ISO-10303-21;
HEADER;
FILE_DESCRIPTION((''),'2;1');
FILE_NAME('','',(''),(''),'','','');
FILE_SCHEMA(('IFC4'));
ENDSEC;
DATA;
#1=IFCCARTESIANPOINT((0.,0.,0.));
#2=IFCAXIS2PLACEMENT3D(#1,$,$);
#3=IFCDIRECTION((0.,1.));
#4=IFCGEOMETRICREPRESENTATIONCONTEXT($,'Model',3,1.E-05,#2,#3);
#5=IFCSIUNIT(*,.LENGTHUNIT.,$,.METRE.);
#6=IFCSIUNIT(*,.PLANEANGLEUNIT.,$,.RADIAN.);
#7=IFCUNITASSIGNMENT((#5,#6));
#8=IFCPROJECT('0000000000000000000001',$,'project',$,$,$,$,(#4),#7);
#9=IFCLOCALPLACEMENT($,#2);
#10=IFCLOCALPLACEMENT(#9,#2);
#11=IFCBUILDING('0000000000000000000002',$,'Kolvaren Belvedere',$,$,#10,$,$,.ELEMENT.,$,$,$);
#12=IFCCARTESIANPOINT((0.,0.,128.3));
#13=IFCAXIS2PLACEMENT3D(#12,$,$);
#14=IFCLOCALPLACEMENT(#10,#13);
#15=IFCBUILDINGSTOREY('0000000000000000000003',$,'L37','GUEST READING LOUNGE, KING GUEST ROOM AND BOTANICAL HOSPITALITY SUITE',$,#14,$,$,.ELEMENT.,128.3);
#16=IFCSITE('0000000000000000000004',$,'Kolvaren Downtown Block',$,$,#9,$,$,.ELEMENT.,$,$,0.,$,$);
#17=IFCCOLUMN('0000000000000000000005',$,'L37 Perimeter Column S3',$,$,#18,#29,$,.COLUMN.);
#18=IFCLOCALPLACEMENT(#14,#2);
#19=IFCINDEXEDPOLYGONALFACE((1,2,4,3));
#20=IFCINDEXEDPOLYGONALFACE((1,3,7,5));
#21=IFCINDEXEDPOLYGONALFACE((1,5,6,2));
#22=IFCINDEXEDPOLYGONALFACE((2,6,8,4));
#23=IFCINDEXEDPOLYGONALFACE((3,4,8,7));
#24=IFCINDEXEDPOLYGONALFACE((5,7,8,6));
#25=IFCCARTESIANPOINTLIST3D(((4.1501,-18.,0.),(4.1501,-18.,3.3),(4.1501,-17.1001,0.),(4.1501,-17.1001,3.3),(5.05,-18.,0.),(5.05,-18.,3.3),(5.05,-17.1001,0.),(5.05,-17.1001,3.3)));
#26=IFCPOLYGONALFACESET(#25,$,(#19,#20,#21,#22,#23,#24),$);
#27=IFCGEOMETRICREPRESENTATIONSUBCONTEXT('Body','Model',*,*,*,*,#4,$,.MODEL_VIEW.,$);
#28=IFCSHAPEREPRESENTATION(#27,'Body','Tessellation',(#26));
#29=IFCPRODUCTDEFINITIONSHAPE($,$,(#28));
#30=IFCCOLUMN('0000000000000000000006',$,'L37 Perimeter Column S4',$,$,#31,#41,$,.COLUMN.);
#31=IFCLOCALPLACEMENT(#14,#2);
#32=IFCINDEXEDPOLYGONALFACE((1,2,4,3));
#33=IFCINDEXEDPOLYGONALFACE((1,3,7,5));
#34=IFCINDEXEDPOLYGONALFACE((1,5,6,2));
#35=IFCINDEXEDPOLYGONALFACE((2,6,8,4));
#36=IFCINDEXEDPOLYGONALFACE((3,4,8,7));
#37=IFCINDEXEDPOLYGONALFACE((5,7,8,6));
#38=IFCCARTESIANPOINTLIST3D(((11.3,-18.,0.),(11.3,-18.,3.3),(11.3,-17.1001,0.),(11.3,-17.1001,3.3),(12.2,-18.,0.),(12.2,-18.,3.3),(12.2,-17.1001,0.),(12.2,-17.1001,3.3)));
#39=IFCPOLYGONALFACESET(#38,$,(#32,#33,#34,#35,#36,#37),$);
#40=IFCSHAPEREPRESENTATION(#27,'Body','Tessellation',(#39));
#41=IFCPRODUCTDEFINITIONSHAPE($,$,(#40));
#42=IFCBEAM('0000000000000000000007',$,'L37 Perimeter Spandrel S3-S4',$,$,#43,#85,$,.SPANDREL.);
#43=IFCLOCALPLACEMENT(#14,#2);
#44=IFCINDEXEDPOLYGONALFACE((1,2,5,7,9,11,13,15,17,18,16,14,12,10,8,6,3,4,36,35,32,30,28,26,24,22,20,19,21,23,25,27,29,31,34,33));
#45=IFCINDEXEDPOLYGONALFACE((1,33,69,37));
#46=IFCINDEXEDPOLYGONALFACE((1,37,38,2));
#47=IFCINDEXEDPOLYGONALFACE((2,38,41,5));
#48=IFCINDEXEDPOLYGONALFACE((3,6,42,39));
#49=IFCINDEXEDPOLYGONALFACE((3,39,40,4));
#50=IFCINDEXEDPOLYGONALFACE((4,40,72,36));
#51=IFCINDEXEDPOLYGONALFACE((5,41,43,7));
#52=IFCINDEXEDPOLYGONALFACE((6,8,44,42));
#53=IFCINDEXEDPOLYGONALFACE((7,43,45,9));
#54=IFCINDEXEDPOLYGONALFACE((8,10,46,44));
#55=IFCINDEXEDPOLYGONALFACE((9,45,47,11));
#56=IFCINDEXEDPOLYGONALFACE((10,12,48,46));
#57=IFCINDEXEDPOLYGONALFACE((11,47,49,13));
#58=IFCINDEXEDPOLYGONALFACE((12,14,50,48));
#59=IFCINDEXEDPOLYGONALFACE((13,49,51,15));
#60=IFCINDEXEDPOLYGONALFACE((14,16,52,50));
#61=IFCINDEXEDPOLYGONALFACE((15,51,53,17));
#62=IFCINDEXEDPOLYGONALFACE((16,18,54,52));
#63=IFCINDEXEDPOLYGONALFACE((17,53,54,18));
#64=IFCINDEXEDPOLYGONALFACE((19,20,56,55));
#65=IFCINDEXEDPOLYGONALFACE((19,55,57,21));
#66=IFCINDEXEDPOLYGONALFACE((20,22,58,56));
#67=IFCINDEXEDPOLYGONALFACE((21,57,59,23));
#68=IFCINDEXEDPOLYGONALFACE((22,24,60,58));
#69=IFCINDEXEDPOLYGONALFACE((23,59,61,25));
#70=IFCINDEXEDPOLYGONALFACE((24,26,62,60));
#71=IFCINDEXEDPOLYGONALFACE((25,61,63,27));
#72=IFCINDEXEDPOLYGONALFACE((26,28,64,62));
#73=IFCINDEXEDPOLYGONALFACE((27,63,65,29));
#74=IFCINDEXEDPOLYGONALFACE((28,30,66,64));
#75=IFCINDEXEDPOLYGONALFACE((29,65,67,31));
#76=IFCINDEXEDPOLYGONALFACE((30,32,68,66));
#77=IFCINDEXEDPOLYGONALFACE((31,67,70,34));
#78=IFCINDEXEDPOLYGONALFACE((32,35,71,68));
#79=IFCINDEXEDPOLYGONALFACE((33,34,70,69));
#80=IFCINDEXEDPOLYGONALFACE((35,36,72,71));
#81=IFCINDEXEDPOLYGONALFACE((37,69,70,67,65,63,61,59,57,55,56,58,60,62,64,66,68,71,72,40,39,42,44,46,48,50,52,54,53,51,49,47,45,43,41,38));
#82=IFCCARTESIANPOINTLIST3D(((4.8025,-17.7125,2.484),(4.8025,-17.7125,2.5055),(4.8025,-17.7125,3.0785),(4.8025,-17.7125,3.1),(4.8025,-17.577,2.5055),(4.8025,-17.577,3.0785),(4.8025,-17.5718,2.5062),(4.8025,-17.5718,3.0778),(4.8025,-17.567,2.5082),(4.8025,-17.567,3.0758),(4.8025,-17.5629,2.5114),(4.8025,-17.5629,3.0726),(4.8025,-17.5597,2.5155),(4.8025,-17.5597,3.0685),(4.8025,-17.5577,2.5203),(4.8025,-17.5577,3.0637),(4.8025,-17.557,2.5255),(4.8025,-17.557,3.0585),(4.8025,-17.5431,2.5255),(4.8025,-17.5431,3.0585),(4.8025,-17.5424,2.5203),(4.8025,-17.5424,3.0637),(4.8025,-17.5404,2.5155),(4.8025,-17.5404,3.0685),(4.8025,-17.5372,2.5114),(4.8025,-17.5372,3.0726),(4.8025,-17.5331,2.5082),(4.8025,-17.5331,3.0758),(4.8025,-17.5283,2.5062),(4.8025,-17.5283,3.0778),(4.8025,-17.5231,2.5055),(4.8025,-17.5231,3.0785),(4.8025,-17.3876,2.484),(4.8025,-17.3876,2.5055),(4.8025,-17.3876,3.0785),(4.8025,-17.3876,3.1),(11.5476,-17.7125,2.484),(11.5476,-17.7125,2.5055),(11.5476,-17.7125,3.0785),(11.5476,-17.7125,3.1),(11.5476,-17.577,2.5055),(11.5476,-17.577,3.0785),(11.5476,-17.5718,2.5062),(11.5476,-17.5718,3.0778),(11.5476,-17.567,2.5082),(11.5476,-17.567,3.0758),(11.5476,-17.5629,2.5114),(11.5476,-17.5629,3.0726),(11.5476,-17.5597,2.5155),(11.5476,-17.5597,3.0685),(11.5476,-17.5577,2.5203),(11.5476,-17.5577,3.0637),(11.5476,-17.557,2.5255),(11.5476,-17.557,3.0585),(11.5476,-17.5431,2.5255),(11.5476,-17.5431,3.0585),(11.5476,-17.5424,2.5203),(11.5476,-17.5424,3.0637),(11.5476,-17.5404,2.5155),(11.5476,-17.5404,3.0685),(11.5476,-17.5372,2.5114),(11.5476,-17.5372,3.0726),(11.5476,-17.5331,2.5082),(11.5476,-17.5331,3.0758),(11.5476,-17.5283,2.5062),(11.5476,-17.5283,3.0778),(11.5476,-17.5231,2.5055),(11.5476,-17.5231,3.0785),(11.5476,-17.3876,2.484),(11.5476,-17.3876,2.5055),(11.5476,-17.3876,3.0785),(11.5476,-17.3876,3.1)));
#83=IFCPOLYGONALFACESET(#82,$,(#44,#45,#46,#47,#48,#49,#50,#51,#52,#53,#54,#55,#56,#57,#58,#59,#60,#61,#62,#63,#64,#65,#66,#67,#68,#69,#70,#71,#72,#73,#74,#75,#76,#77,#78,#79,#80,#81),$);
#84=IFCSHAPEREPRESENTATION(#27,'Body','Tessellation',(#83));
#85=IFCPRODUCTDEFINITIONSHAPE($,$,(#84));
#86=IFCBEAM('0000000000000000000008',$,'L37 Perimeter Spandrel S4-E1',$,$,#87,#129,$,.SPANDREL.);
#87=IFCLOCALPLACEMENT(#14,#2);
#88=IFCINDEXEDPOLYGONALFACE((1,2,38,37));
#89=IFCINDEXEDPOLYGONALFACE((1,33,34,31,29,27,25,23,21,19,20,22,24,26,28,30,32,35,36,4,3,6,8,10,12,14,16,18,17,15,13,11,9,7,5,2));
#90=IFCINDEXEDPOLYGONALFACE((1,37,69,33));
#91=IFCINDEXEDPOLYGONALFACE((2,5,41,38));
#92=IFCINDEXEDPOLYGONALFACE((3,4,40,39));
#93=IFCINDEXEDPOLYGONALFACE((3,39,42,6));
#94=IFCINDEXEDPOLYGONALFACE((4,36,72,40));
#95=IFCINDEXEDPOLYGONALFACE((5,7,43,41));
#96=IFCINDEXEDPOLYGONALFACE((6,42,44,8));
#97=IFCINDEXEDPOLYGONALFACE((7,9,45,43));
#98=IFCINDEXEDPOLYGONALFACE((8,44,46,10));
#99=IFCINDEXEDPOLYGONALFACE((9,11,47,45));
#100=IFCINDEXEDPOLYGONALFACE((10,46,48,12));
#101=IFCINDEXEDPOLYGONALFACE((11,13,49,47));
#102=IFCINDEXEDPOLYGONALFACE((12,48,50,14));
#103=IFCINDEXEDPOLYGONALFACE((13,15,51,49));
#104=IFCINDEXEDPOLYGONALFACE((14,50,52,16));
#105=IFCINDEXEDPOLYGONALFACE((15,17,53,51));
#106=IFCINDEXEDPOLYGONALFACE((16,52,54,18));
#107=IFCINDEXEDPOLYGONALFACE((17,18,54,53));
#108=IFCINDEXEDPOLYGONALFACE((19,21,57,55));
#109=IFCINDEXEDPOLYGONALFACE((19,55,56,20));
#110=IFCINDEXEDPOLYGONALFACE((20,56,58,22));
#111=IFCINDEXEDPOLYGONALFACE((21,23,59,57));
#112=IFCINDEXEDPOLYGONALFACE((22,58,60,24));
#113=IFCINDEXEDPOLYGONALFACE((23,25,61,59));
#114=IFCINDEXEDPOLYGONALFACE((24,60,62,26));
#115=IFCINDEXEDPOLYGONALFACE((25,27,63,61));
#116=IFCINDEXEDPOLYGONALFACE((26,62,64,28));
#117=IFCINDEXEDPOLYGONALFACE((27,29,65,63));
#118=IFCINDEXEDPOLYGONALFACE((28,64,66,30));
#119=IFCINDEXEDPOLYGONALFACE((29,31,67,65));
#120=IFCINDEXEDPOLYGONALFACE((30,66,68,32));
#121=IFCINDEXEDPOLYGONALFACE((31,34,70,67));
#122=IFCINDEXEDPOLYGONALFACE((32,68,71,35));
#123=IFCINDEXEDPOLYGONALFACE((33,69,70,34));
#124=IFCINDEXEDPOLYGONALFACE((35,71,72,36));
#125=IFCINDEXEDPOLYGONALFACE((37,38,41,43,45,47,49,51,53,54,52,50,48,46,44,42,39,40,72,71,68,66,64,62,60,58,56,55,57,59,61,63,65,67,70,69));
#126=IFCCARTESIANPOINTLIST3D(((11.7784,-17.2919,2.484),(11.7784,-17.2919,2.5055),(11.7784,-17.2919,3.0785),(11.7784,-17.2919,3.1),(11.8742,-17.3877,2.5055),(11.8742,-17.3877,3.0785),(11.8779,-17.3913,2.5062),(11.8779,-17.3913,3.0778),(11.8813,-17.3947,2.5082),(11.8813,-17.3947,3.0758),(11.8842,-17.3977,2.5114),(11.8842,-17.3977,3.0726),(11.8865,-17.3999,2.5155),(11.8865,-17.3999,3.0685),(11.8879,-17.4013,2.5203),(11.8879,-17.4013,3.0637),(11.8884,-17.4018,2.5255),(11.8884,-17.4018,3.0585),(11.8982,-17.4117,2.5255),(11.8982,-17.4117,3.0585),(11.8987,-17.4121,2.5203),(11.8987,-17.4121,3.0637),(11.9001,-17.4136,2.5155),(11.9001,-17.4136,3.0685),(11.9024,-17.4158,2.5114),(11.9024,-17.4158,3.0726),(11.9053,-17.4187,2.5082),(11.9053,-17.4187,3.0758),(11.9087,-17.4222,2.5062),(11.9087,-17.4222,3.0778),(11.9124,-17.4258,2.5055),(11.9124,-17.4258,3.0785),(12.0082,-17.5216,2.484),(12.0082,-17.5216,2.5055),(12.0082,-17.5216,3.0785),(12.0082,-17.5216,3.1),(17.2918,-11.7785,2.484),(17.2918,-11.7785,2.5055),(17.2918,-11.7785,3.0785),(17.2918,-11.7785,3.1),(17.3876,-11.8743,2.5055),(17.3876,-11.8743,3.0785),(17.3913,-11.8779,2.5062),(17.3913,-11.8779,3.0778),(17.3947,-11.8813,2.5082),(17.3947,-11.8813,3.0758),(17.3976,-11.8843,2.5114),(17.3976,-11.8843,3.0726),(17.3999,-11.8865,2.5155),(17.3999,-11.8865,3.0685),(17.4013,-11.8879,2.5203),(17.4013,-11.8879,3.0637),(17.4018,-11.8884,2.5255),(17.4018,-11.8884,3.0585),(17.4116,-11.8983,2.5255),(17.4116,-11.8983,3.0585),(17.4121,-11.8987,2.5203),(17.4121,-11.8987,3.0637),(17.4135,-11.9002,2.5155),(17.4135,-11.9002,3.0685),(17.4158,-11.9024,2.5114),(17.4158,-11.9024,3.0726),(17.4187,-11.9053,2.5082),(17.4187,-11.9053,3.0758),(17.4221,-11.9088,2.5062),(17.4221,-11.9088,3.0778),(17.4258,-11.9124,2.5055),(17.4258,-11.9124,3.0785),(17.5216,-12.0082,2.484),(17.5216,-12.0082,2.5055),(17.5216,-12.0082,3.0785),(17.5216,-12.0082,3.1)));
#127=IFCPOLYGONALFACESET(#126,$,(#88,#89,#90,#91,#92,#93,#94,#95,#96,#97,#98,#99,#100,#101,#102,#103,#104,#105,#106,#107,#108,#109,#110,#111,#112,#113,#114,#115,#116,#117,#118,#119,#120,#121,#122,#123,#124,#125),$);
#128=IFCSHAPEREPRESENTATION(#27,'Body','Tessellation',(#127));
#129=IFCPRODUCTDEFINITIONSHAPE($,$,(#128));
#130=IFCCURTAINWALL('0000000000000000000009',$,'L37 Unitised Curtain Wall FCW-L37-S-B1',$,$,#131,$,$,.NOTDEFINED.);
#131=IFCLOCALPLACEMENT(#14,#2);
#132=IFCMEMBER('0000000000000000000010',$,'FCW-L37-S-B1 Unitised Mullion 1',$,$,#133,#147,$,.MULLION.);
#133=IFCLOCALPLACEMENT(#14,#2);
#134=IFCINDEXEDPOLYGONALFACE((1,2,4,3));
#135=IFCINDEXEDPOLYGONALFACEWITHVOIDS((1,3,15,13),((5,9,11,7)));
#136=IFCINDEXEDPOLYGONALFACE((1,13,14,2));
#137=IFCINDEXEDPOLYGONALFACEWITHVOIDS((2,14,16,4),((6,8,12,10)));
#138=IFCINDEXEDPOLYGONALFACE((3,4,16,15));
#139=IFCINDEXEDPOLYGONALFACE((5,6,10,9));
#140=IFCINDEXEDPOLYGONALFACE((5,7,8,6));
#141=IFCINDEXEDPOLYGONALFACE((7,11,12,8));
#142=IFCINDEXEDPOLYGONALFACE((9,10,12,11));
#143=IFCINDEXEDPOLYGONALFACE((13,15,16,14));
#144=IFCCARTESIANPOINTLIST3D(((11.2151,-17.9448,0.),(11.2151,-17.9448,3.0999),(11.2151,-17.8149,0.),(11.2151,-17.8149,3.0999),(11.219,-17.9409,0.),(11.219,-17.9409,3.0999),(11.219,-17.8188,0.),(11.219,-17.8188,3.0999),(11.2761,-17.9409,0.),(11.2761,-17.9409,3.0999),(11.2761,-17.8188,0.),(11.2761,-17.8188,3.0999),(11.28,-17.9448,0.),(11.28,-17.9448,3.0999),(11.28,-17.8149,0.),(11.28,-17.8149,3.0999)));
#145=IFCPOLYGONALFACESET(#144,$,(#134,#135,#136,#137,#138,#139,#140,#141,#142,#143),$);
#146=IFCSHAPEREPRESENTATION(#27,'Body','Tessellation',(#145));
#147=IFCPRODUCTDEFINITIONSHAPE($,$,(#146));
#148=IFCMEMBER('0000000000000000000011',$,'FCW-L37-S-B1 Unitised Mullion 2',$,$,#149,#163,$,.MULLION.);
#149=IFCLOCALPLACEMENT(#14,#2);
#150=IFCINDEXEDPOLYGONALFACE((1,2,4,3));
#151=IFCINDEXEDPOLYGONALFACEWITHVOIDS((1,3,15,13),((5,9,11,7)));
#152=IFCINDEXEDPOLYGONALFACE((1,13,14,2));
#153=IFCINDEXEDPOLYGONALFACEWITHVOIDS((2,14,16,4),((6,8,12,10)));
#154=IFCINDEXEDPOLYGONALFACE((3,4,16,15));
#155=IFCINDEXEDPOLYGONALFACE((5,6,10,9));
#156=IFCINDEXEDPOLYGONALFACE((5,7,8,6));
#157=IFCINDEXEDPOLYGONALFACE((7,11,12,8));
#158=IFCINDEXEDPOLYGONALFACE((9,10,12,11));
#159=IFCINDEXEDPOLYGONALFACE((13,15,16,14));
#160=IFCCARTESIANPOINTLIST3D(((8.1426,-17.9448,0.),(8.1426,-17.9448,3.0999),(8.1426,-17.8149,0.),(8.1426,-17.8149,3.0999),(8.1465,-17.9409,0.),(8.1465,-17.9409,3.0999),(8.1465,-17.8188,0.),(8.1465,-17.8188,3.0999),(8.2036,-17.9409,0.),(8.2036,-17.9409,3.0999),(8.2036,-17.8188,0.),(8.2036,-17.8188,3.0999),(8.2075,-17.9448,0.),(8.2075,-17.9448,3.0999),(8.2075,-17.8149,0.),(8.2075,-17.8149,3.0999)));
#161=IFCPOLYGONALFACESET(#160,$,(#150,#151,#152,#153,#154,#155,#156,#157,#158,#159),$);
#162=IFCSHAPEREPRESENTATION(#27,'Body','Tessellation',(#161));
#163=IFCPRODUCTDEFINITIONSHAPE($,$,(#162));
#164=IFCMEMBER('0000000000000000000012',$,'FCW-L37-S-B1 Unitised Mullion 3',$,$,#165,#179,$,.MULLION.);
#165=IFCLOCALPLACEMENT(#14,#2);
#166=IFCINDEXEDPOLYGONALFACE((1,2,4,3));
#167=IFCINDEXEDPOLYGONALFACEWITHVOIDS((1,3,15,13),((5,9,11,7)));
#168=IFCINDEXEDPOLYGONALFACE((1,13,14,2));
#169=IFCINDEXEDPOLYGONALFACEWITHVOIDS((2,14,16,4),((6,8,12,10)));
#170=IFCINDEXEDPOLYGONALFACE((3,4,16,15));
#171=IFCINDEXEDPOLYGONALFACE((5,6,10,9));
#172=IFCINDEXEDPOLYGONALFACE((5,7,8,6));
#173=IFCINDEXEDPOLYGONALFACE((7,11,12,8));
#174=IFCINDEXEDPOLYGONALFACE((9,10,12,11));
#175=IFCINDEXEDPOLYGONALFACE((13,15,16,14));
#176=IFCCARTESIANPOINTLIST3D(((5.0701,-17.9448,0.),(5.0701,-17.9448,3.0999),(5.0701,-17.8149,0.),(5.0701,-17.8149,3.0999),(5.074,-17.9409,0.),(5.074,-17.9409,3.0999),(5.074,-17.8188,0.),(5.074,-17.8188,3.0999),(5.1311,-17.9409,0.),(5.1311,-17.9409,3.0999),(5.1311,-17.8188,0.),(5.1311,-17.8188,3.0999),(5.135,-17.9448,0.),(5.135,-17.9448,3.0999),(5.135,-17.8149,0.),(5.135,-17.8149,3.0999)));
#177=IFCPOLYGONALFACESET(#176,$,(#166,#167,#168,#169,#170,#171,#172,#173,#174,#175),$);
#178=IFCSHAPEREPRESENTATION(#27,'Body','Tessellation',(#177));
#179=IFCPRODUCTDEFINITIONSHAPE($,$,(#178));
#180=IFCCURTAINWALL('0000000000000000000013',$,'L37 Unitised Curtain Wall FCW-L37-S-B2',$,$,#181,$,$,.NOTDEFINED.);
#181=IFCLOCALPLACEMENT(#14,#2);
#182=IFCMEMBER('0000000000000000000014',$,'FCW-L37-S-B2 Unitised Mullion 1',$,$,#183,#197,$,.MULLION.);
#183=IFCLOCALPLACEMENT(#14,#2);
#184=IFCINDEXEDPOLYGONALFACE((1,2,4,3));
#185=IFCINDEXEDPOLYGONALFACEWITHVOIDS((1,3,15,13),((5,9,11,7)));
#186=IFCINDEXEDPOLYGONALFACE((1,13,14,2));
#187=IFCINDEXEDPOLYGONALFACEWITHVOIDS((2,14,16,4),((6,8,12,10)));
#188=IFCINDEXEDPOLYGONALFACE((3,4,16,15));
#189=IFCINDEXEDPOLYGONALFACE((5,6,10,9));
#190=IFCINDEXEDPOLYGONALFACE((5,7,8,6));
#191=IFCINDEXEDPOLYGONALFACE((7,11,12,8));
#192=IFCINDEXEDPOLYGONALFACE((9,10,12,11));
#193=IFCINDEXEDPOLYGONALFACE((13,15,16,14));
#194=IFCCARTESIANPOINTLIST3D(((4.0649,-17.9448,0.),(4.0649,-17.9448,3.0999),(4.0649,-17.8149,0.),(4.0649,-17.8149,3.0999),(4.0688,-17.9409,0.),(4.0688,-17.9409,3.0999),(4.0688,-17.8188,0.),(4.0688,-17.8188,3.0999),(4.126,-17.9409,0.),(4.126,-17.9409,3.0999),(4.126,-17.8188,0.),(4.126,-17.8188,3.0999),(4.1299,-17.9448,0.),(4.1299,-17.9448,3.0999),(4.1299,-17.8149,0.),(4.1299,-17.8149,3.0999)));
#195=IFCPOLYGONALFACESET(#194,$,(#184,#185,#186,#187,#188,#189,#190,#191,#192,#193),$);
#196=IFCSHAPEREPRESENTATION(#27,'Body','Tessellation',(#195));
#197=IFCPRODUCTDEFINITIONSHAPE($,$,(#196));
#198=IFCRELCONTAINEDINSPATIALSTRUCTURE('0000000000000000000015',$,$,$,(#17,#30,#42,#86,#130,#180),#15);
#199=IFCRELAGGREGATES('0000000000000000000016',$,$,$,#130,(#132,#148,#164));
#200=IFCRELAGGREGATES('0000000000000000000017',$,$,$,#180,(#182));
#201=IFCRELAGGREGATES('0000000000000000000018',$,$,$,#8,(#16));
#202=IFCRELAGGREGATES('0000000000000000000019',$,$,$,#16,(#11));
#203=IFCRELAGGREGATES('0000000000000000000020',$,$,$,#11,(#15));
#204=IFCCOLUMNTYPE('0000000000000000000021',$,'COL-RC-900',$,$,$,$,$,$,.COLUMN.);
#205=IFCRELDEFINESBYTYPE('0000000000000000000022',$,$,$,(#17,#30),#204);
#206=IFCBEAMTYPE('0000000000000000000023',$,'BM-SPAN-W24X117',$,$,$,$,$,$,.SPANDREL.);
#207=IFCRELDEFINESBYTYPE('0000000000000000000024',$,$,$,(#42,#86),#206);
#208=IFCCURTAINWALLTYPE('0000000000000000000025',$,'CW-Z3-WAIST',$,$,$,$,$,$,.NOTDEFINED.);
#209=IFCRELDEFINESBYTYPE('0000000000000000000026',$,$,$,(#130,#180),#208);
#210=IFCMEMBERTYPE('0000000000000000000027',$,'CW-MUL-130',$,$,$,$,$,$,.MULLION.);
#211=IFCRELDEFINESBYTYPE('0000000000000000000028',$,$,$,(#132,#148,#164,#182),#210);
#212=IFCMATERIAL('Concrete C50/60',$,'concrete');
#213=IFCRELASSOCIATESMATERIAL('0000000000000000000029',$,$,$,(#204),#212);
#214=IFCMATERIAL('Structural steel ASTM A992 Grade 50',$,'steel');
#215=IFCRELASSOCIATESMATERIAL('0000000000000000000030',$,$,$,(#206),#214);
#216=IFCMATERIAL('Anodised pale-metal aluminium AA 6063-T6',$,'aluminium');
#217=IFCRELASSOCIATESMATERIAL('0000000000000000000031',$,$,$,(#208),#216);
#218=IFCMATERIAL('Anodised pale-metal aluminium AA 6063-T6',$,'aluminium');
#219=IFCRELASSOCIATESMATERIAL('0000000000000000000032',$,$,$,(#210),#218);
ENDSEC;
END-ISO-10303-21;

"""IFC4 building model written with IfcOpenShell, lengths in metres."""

from ifc_helpers import new_model, si_unit, direction, frame, origin, origin_2d, place, context, subcontext, project, spatial, rectangle, hollow_rectangle, i_section, extrude, material, material_profile, profile_set, type_object, element, aggregate, save


model = new_model("IFC4")

# Units and contexts
model_context = context("Model", 3, precision=1e-05, world=origin(), true_north=direction((0.0, 1.0)))
body_context = subcontext(model_context, "Body", "Model", "MODEL_VIEW")
ifc_project = project(units=[si_unit("LENGTHUNIT", "METRE"), si_unit("PLANEANGLEUNIT", "RADIAN")], contexts=[model_context])

# Site, building, storey
site_placement = place(None, origin())
site = spatial("IfcSite", under=ifc_project, at=site_placement, Name="Kolvaren Downtown Block", CompositionType="ELEMENT", RefElevation=0.0)
building_placement = place(site_placement, origin())
building = spatial("IfcBuilding", under=site, at=building_placement, Name="Kolvaren Belvedere", CompositionType="ELEMENT")
storey_placement = place(building_placement, frame((0.0, 0.0, 128.3)))
storey = spatial("IfcBuildingStorey", under=building, at=storey_placement, Name="L37", Description="GUEST READING LOUNGE, KING GUEST ROOM AND BOTANICAL HOSPITALITY SUITE", CompositionType="ELEMENT", Elevation=128.3)

# Columns
ifc_material_1 = material(Name="Concrete C50/60", Category="concrete")
ifc_material_profile_1 = material_profile(ifc_material_1, rectangle(XDim=0.8999, YDim=0.8999, at=origin_2d()), Name="RC 900X900")
ifc_profile_set_1 = profile_set([ifc_material_profile_1], Name="Concrete C50/60")
column_type = type_object("IfcColumnType", Name="COL-RC-900", PredefinedType="COLUMN", material=ifc_profile_set_1)
for number, where, z_axis, x_axis, name in (
    (1, (4.6001, -17.55, 0.0), (0.0, 0.0, 1.0), (1.0, 0.0, 0.0), "L37 Perimeter Column S3"),
    (2, (11.75, -17.55, 0.0), (0.0, 0.0, 1.0), (1.0, 0.0, 0.0), "L37 Perimeter Column S4"),
):
    element("IfcColumn", number, at=place(storey_placement, frame(where, z_axis=z_axis, x_axis=x_axis)), inside=storey, type_object=column_type, Name=name, PredefinedType="COLUMN", context=body_context, shape_type="SweptSolid", body=[
        extrude(rectangle(XDim=0.8999, YDim=0.8999, at=origin_2d()), origin(), (0.0, 0.0, 1.0), 3.3),
    ])

# Beams
ifc_material_2 = material(Name="Structural steel ASTM A992 Grade 50", Category="steel")
ifc_material_profile_2 = material_profile(ifc_material_2, i_section(OverallWidth=0.325, OverallDepth=0.616, WebThickness=0.0139, FlangeThickness=0.0215, FilletRadius=0.02, at=origin_2d()), Name="W24X117")
ifc_profile_set_2 = profile_set([ifc_material_profile_2], Name="Structural steel ASTM A992 Grade 50")
beam_type = type_object("IfcBeamType", Name="BM-SPAN-W24X117", PredefinedType="SPANDREL", material=ifc_profile_set_2)
beam_1_placement = place(storey_placement, frame((4.8025, -17.55, 2.792), z_axis=(1.0, 0.0, 0.0), x_axis=(0.0, 1.0, 0.0)))
element("IfcBeam", 3, at=beam_1_placement, inside=storey, type_object=beam_type, Name="L37 Perimeter Spandrel S3-S4", PredefinedType="SPANDREL", context=body_context, shape_type="SweptSolid", body=[
    extrude(i_section(OverallWidth=0.325, OverallDepth=0.616, WebThickness=0.0139, FlangeThickness=0.0215, FilletRadius=0.02, at=origin_2d()), origin(), (0.0, 0.0, 1.0), 6.7451),
])
beam_2_placement = place(storey_placement, frame((11.8933, -17.4067, 2.792), z_axis=(0.707107, 0.707107, 0.0), x_axis=(-0.707107, 0.707107, 0.0)))
element("IfcBeam", 4, at=beam_2_placement, inside=storey, type_object=beam_type, Name="L37 Perimeter Spandrel S4-E1", PredefinedType="SPANDREL", context=body_context, shape_type="SweptSolid", body=[
    extrude(i_section(OverallWidth=0.325, OverallDepth=0.616, WebThickness=0.0139, FlangeThickness=0.0215, FilletRadius=0.02, at=origin_2d()), origin(), (0.0, 0.0, 1.0), 7.7971),
])

# Curtain wall, members
ifc_material_3 = material(Name="Anodised pale-metal aluminium AA 6063-T6", Category="aluminium")
curtain_wall_type = type_object("IfcCurtainWallType", Name="CW-Z3-WAIST", PredefinedType="NOTDEFINED", material=ifc_material_3)
curtain_wall_1_placement = place(storey_placement, origin())
curtain_wall_1 = element("IfcCurtainWall", 5, at=curtain_wall_1_placement, inside=storey, type_object=curtain_wall_type, Name="L37 Unitised Curtain Wall FCW-L37-S-B1", PredefinedType="NOTDEFINED")
ifc_material_4 = material(Name="Anodised pale-metal aluminium AA 6063-T6", Category="aluminium")
ifc_material_profile_3 = material_profile(ifc_material_4, hollow_rectangle(XDim=0.0649, YDim=0.1299, WallThickness=0.0039, at=origin_2d()), Name="ALU-MUL-130X65")
ifc_profile_set_3 = profile_set([ifc_material_profile_3], Name="Anodised pale-metal aluminium AA 6063-T6")
member_type_1 = type_object("IfcMemberType", Name="CW-MUL-130", PredefinedType="MULLION", material=ifc_profile_set_3)
member_1_placement = place(storey_placement, frame((11.2476, -17.8799, 0.0), z_axis=(0.0, 0.0, 1.0), x_axis=(1.0, 0.0, 0.0)))
member_1 = element("IfcMember", 6, at=member_1_placement, type_object=member_type_1, Name="FCW-L37-S-B1 Unitised Mullion 1", PredefinedType="MULLION", context=body_context, shape_type="SweptSolid", body=[
    extrude(hollow_rectangle(XDim=0.0649, YDim=0.1299, WallThickness=0.0039, at=origin_2d()), origin(), (0.0, 0.0, 1.0), 3.0999),
])
member_2_placement = place(storey_placement, frame((8.175, -17.8799, 0.0), z_axis=(0.0, 0.0, 1.0), x_axis=(1.0, 0.0, 0.0)))
member_2 = element("IfcMember", 7, at=member_2_placement, type_object=member_type_1, Name="FCW-L37-S-B1 Unitised Mullion 2", PredefinedType="MULLION", context=body_context, shape_type="SweptSolid", body=[
    extrude(hollow_rectangle(XDim=0.0649, YDim=0.1299, WallThickness=0.0039, at=origin_2d()), origin(), (0.0, 0.0, 1.0), 3.0999),
])
member_3_placement = place(storey_placement, frame((5.1025, -17.8799, 0.0), z_axis=(0.0, 0.0, 1.0), x_axis=(1.0, 0.0, 0.0)))
member_3 = element("IfcMember", 8, at=member_3_placement, type_object=member_type_1, Name="FCW-L37-S-B1 Unitised Mullion 3", PredefinedType="MULLION", context=body_context, shape_type="SweptSolid", body=[
    extrude(hollow_rectangle(XDim=0.0649, YDim=0.1299, WallThickness=0.0039, at=origin_2d()), origin(), (0.0, 0.0, 1.0), 3.0999),
])

# Curtain wall, member
curtain_wall_2_placement = place(storey_placement, origin())
curtain_wall_2 = element("IfcCurtainWall", 9, at=curtain_wall_2_placement, inside=storey, type_object=curtain_wall_type, Name="L37 Unitised Curtain Wall FCW-L37-S-B2", PredefinedType="NOTDEFINED")
member_4_placement = place(storey_placement, frame((4.0974, -17.8799, 0.0), z_axis=(0.0, 0.0, 1.0), x_axis=(1.0, 0.0, 0.0)))
member_4 = element("IfcMember", 10, at=member_4_placement, type_object=member_type_1, Name="FCW-L37-S-B2 Unitised Mullion 1", PredefinedType="MULLION", context=body_context, shape_type="SweptSolid", body=[
    extrude(hollow_rectangle(XDim=0.0649, YDim=0.1299, WallThickness=0.0039, at=origin_2d()), origin(), (0.0, 0.0, 1.0), 3.0999),
])

aggregate(curtain_wall_1, [member_1, member_2, member_3])
aggregate(curtain_wall_2, [member_4])

save(model, "model.ifc")
